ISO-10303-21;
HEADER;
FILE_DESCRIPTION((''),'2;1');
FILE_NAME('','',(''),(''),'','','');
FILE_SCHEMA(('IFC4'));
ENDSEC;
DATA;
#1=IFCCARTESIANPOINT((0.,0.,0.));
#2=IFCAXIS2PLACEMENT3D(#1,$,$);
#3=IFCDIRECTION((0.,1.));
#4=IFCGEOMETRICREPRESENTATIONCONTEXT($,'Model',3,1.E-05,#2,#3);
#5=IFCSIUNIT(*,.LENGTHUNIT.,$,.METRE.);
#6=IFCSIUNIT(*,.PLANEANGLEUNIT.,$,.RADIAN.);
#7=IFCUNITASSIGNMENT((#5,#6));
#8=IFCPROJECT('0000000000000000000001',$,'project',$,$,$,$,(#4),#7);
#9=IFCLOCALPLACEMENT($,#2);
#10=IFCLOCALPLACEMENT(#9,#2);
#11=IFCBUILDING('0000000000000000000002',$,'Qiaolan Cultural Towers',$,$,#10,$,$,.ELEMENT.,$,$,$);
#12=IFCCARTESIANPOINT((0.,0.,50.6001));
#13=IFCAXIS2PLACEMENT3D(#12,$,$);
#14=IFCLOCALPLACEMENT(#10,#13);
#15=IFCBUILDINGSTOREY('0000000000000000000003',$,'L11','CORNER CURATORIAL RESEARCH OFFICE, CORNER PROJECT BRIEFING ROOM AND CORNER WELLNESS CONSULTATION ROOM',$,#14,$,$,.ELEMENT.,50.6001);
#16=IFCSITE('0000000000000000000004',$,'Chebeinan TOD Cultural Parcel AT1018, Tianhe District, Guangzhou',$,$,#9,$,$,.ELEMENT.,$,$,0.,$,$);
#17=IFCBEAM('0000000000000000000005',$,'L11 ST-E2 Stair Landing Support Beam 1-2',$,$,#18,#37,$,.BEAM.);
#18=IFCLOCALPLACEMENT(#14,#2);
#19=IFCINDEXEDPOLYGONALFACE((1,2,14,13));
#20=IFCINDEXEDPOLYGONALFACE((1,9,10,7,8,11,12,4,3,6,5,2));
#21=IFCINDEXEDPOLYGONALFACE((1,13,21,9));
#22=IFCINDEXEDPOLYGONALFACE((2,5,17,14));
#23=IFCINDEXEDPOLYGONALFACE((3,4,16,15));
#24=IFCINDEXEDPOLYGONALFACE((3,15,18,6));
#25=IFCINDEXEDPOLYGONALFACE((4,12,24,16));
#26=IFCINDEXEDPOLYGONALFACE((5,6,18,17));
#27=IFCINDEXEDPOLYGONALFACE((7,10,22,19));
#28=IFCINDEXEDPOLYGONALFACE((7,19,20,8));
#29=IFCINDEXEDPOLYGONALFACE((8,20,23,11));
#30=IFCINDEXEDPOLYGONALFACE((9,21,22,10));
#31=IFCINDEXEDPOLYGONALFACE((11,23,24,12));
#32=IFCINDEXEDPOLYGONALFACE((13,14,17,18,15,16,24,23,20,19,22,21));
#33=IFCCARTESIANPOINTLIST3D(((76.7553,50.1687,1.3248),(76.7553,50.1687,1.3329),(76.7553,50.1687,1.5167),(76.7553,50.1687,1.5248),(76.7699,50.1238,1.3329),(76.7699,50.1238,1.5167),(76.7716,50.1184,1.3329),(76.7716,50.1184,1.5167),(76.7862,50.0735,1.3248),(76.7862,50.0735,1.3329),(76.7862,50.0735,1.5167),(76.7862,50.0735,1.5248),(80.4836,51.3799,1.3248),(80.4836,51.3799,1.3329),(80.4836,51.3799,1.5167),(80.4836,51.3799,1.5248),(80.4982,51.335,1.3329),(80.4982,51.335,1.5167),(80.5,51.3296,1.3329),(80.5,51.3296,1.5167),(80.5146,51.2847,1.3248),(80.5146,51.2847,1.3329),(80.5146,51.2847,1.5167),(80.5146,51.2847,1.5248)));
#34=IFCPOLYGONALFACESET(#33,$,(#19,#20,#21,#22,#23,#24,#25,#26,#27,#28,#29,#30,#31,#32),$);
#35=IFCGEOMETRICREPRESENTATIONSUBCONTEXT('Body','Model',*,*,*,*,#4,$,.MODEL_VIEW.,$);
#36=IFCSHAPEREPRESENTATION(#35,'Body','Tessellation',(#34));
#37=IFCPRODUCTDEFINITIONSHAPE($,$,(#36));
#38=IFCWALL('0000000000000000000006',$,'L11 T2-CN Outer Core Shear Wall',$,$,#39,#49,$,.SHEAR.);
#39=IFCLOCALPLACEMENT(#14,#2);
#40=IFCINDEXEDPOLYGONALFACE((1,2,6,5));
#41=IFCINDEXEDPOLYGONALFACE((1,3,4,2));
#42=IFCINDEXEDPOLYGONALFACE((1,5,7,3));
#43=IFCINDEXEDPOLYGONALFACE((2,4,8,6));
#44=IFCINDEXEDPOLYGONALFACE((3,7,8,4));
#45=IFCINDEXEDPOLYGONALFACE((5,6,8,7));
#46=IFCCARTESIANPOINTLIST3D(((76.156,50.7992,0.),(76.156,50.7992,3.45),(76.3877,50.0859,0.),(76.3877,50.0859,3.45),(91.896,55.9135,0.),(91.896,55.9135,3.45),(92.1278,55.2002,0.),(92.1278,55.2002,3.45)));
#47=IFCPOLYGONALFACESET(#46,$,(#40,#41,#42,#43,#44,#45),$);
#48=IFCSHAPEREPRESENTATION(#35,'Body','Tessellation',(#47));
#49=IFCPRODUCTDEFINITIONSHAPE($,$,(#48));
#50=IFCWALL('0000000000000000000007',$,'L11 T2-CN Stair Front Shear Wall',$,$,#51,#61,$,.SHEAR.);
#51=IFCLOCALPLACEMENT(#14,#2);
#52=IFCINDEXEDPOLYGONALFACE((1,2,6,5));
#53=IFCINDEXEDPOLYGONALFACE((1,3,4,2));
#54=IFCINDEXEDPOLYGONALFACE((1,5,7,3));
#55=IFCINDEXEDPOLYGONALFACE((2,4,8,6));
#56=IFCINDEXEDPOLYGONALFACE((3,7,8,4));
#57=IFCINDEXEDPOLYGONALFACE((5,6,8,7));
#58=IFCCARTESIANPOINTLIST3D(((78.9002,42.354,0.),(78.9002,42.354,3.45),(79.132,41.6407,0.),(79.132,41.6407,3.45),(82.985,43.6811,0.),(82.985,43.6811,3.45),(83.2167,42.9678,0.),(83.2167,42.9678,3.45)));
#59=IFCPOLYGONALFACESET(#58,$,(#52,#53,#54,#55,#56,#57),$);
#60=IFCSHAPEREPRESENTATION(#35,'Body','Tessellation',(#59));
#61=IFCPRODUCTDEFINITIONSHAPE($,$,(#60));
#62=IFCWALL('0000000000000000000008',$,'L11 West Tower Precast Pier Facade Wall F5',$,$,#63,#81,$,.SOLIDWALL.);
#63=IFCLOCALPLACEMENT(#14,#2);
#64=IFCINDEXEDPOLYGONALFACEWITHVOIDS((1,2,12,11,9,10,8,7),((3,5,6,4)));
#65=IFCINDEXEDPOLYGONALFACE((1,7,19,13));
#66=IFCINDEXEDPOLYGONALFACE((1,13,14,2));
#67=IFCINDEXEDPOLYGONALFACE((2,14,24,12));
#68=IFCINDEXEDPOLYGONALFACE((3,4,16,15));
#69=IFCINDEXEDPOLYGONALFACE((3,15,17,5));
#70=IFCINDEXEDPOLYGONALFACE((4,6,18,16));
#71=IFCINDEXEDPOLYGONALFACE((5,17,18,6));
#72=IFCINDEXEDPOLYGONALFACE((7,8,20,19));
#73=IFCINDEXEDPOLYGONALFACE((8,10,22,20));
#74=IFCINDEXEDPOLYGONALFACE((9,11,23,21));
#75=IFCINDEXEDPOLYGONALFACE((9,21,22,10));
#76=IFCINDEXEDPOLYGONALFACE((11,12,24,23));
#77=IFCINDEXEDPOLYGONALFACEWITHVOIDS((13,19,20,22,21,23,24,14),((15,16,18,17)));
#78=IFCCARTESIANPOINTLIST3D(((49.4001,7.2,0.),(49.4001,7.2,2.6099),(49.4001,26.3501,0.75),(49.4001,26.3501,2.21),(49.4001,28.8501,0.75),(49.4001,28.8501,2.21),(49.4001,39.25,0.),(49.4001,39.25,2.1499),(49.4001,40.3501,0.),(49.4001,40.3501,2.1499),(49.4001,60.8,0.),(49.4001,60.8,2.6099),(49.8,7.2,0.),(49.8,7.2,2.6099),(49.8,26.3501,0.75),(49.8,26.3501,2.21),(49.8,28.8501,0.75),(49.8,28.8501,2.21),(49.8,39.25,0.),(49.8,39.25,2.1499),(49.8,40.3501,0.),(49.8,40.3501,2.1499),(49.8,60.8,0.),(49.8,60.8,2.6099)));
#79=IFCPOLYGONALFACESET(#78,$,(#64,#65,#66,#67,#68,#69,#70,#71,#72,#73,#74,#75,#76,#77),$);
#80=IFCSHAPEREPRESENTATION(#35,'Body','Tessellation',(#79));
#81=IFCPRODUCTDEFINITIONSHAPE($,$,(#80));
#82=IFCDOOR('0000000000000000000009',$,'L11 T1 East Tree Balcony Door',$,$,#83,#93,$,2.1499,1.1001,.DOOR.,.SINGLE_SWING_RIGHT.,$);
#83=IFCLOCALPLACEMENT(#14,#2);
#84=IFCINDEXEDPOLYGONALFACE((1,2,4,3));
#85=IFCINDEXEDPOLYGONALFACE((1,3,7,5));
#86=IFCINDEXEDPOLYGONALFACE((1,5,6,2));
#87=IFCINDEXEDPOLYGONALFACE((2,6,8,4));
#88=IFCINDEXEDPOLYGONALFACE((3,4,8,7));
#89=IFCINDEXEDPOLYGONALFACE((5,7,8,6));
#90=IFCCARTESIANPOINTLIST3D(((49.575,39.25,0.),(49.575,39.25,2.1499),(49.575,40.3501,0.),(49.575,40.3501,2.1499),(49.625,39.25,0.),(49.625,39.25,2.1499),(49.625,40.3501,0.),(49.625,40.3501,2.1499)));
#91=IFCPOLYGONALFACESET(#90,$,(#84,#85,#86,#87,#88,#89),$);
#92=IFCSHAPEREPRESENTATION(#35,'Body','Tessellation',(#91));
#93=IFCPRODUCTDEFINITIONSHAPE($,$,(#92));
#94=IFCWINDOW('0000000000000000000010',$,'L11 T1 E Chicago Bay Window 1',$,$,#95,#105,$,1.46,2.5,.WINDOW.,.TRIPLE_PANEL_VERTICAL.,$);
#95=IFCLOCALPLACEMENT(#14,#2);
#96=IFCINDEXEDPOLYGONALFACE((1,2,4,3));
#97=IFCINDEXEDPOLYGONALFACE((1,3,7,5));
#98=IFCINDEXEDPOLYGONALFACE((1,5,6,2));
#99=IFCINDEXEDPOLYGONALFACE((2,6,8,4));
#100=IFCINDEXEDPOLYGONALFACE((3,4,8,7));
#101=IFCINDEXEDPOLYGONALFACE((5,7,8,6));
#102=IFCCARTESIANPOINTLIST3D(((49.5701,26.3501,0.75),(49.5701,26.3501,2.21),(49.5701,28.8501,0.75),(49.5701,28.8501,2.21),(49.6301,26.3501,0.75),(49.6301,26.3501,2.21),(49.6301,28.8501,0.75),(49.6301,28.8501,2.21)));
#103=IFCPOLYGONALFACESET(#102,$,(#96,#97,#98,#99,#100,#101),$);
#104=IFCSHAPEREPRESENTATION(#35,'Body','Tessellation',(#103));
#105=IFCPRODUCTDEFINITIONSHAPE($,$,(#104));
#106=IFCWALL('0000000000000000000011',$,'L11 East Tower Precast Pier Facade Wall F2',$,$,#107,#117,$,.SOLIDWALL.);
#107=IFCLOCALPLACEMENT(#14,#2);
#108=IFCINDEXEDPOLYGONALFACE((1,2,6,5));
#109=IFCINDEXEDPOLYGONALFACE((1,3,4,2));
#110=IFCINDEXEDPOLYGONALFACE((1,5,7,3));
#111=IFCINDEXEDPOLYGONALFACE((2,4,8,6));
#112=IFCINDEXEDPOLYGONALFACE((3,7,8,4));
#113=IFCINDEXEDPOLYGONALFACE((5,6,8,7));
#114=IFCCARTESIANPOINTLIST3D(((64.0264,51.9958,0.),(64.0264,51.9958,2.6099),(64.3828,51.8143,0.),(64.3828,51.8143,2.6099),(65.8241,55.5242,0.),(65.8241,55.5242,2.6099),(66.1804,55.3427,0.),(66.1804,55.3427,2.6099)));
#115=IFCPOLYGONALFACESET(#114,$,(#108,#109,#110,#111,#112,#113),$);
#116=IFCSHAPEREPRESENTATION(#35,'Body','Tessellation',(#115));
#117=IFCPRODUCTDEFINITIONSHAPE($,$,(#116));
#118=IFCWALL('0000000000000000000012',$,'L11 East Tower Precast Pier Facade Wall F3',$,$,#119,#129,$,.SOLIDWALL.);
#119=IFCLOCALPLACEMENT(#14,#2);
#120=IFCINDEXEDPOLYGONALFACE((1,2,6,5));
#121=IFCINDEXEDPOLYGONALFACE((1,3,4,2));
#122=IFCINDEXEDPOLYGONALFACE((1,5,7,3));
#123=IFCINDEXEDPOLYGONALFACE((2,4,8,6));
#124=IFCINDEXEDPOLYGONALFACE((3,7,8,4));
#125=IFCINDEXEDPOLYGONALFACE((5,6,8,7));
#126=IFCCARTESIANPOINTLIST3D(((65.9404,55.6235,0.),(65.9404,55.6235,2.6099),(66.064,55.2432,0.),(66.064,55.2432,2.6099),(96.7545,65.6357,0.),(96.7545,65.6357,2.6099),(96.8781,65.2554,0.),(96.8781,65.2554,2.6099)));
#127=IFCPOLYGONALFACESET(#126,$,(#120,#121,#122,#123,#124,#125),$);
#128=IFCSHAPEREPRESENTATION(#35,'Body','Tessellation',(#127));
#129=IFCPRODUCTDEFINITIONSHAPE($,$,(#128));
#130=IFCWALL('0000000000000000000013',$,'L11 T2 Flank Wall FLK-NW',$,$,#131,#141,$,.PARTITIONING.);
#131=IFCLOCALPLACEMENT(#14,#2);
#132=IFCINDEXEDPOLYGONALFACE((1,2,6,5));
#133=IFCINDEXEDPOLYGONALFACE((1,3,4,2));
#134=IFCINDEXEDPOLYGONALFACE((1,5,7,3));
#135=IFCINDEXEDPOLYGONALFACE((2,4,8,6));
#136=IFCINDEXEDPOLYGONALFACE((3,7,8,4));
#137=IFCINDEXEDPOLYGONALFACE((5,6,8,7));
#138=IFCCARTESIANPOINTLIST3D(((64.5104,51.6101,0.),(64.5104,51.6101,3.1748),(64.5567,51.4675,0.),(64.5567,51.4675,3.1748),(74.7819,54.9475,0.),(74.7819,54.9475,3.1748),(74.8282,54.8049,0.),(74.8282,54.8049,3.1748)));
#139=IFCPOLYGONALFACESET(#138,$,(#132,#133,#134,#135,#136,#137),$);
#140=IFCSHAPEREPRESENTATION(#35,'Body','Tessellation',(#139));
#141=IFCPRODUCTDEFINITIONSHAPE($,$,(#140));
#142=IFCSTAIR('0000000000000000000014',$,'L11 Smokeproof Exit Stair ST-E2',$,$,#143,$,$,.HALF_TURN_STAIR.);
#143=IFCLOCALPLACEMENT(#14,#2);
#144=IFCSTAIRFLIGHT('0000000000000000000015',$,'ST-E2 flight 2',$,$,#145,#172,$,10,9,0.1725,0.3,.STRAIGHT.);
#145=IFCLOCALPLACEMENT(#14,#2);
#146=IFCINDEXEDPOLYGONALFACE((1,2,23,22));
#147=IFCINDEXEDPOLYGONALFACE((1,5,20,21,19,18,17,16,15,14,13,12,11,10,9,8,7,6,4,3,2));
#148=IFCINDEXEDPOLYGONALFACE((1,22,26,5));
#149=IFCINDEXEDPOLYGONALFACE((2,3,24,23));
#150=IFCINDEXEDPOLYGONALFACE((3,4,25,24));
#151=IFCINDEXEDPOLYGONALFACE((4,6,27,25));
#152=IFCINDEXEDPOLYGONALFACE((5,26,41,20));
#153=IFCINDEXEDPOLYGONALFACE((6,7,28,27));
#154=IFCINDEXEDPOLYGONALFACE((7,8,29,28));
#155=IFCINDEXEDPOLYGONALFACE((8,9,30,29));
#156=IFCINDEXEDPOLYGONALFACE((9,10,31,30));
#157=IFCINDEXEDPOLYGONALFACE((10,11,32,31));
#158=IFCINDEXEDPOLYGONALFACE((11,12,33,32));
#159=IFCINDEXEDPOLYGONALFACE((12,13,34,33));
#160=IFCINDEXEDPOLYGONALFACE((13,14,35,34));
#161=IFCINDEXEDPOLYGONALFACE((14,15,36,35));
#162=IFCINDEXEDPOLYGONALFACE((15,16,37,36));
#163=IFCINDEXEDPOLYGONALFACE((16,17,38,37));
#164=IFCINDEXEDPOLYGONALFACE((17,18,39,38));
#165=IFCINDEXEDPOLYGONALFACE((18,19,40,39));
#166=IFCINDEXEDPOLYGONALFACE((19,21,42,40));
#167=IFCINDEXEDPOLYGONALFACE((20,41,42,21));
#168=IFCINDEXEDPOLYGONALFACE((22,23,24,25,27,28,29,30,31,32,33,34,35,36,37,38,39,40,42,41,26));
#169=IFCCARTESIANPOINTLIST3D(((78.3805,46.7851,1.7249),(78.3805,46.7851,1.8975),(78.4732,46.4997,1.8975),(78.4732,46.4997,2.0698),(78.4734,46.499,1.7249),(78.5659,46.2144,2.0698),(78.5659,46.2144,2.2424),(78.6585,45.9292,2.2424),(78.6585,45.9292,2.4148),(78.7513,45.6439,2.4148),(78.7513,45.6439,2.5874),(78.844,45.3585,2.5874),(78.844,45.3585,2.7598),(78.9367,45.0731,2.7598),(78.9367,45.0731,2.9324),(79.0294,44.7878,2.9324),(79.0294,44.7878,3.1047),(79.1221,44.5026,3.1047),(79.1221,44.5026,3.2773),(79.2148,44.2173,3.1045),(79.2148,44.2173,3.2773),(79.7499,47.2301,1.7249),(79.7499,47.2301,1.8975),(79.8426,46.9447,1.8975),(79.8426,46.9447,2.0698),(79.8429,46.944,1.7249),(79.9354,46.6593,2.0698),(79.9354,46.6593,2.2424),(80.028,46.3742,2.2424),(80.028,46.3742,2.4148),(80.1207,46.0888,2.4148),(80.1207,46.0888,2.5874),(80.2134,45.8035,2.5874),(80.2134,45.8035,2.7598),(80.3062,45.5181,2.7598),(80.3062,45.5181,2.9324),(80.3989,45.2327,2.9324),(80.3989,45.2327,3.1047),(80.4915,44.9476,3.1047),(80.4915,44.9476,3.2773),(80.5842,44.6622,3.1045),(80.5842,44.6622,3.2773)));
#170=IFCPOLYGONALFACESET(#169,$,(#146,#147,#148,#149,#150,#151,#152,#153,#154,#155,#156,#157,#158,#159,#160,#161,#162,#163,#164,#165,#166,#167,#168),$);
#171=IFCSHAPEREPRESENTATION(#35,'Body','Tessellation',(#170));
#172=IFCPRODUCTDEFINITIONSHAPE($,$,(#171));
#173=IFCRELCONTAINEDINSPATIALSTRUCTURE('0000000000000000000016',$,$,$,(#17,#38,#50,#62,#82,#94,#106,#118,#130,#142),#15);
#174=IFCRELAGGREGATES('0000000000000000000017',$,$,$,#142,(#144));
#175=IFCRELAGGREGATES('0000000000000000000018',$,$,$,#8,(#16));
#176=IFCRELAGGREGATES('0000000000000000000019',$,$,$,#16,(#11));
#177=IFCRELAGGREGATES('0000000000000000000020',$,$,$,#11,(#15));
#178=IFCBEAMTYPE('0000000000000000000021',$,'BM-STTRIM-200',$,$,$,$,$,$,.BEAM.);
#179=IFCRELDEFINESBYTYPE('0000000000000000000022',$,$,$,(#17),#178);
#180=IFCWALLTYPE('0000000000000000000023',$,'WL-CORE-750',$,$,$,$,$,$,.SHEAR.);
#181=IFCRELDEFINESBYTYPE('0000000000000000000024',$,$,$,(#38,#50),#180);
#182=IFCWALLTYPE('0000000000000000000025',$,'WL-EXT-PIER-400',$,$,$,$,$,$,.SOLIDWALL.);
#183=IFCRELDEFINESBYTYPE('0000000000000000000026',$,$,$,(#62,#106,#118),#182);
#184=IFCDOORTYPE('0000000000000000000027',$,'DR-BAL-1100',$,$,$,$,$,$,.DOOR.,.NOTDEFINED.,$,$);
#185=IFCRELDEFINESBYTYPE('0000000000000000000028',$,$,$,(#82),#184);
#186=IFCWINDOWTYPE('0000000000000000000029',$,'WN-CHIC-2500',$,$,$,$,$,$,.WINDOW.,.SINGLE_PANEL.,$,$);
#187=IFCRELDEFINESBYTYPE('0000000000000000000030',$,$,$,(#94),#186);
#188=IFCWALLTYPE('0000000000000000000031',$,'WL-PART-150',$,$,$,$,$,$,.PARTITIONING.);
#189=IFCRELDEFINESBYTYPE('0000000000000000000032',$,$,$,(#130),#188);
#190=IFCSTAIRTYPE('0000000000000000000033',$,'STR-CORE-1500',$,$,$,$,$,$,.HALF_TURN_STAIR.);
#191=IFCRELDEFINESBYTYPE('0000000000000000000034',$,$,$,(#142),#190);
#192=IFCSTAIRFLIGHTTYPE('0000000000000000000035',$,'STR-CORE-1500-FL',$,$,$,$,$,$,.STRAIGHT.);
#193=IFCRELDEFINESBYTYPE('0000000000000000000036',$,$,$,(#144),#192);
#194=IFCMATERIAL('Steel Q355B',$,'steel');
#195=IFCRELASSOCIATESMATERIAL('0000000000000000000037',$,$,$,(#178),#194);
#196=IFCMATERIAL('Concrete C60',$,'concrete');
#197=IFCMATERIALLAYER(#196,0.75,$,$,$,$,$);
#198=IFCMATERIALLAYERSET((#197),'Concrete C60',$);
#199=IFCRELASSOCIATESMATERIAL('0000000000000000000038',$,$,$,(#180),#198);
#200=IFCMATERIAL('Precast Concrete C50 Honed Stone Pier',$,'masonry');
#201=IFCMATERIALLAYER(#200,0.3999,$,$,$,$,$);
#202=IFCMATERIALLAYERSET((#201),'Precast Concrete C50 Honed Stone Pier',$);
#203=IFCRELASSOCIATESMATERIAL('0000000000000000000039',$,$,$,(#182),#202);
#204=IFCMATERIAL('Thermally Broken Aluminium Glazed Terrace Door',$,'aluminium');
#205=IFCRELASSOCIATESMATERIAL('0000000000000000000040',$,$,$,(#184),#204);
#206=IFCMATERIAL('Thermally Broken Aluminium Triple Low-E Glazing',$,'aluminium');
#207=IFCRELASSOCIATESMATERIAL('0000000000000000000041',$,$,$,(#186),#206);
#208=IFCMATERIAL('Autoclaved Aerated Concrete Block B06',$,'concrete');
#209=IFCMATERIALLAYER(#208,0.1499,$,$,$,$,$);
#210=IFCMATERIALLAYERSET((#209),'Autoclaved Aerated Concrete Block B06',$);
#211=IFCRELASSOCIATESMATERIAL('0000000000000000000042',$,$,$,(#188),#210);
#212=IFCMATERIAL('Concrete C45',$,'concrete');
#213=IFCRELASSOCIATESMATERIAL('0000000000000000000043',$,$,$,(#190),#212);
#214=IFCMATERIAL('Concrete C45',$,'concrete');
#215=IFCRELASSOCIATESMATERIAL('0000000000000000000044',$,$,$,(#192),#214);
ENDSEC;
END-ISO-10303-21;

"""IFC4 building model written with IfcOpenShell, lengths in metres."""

from ifc_helpers import new_model, si_unit, direction, frame, frame_2d, origin, origin_2d, place, context, subcontext, project, spatial, polyline, rectangle, i_section, outline, extrude, material, layer, layer_set, material_profile, profile_set, type_object, element, fill, aggregate, save


model = new_model("IFC4")

# Units and contexts
model_context = context("Model", 3, precision=1e-05, world=origin(), true_north=direction((0.0, 1.0)))
body_context = subcontext(model_context, "Body", "Model", "MODEL_VIEW")
ifc_project = project(units=[si_unit("LENGTHUNIT", "METRE"), si_unit("PLANEANGLEUNIT", "RADIAN")], contexts=[model_context])

# Site, building, storey
site_placement = place(None, origin())
site = spatial("IfcSite", under=ifc_project, at=site_placement, Name="Chebeinan TOD Cultural Parcel AT1018, Tianhe District, Guangzhou", CompositionType="ELEMENT", RefElevation=0.0)
building_placement = place(site_placement, origin())
building = spatial("IfcBuilding", under=site, at=building_placement, Name="Qiaolan Cultural Towers", CompositionType="ELEMENT")
storey_placement = place(building_placement, frame((0.0, 0.0, 50.6001)))
storey = spatial("IfcBuildingStorey", under=building, at=storey_placement, Name="L11", Description="CORNER CURATORIAL RESEARCH OFFICE, CORNER PROJECT BRIEFING ROOM AND CORNER WELLNESS CONSULTATION ROOM", CompositionType="ELEMENT", Elevation=50.6001)

# Beam
ifc_material_1 = material(Name="Steel Q355B", Category="steel")
ifc_material_profile_1 = material_profile(ifc_material_1, i_section(OverallWidth=0.1001, OverallDepth=0.2, WebThickness=0.0056, FlangeThickness=0.0081, at=origin_2d()), Name="HN200x100x5.5x8")
ifc_profile_set_1 = profile_set([ifc_material_profile_1], Name="Steel Q355B")
beam_type_1 = type_object("IfcBeamType", Name="BM-STTRIM-200", PredefinedType="BEAM", material=ifc_profile_set_1)
for number, where, z_axis, x_axis, name in (
    (1, (76.7708, 50.1211, 1.4248), (0.951072, 0.308969, 0.0), (-0.308969, 0.951072, 0.0), "L11 ST-E2 Stair Landing Support Beam 1-2"),
):
    element("IfcBeam", number, at=place(storey_placement, frame(where, z_axis=z_axis, x_axis=x_axis)), inside=storey, type_object=beam_type_1, Name=name, PredefinedType="BEAM", context=body_context, shape_type="SweptSolid", body=[
        extrude(i_section(OverallWidth=0.1001, OverallDepth=0.2, WebThickness=0.0056, FlangeThickness=0.0081, at=origin_2d()), origin(), (0.0, 0.0, 1.0), 3.9202),
    ])

# Walls
ifc_material_2 = material(Name="Concrete C60", Category="concrete")
ifc_layer_1 = layer(ifc_material_2, 0.75)
ifc_layer_set_1 = layer_set([ifc_layer_1], Name="Concrete C60")
wall_type_1 = type_object("IfcWallType", Name="WL-CORE-750", PredefinedType="SHEAR", material=ifc_layer_set_1)
wall_1_placement = place(storey_placement, frame((76.272, 50.4426, 0.0), z_axis=(0.0, 0.0, 1.0), x_axis=(0.951056, 0.309018, 0.0)))
element("IfcWall", 2, at=wall_1_placement, inside=storey, type_object=wall_type_1, Name="L11 T2-CN Outer Core Shear Wall", PredefinedType="SHEAR", context=body_context, shape_type="SweptSolid", body=[
    extrude(rectangle(XDim=16.55, YDim=0.75, at=frame_2d((8.2749, 0.0))), origin(), (0.0, 0.0, 1.0), 3.45),
])
wall_2_placement = place(storey_placement, frame((79.0161, 41.9973, 0.0), z_axis=(0.0, 0.0, 1.0), x_axis=(0.95106, 0.309005, 0.0)))
element("IfcWall", 3, at=wall_2_placement, inside=storey, type_object=wall_type_1, Name="L11 T2-CN Stair Front Shear Wall", PredefinedType="SHEAR", context=body_context, shape_type="SweptSolid", body=[
    extrude(rectangle(XDim=4.2949, YDim=0.75, at=frame_2d((2.1475, 0.0))), origin(), (0.0, 0.0, 1.0), 3.45),
])

# Wall, openings, door, window
ifc_material_3 = material(Name="Precast Concrete C50 Honed Stone Pier", Category="masonry")
ifc_layer_2 = layer(ifc_material_3, 0.3999)
ifc_layer_set_2 = layer_set([ifc_layer_2], Name="Precast Concrete C50 Honed Stone Pier")
wall_type_2 = type_object("IfcWallType", Name="WL-EXT-PIER-400", PredefinedType="SOLIDWALL", material=ifc_layer_set_2)
wall_3_placement = place(storey_placement, frame((49.6001, 60.8, 0.0), z_axis=(0.0, 0.0, 1.0), x_axis=(0.0, -1.0, 0.0)))
wall_3 = element("IfcWall", 4, at=wall_3_placement, inside=storey, type_object=wall_type_2, Name="L11 West Tower Precast Pier Facade Wall F5", PredefinedType="SOLIDWALL", context=body_context, shape_type="SweptSolid", body=[
    extrude(rectangle(XDim=53.6001, YDim=0.3999, at=frame_2d((26.8, 0.0))), origin(), (0.0, 0.0, 1.0), 2.6099),
])
opening_1_placement = place(wall_3_placement, frame((31.95, 0.0, 0.75)))
opening_1 = element("IfcOpeningElement", 5, at=opening_1_placement, cuts=wall_3, PredefinedType="OPENING", context=body_context, shape_type="SweptSolid", body=[
    extrude(rectangle(XDim=2.5, YDim=1.46, at=frame_2d((1.25, 0.73))), frame((0.0, 0.21, 0.0), z_axis=(0.0, -1.0, 0.0), x_axis=(1.0, 0.0, 0.0)), (0.0, 0.0, 1.0), 0.4199),
])
opening_2_placement = place(wall_3_placement, frame((20.45, 0.0, 0.0)))
opening_2 = element("IfcOpeningElement", 6, at=opening_2_placement, cuts=wall_3, PredefinedType="OPENING", context=body_context, shape_type="SweptSolid", body=[
    extrude(rectangle(XDim=1.1001, YDim=2.1499, at=frame_2d((0.55, 1.075))), frame((0.0, 0.21, 0.0), z_axis=(0.0, -1.0, 0.0), x_axis=(1.0, 0.0, 0.0)), (0.0, 0.0, 1.0), 0.4199),
])
ifc_material_4 = material(Name="Thermally Broken Aluminium Glazed Terrace Door", Category="aluminium")
door_type = type_object("IfcDoorType", Name="DR-BAL-1100", OperationType="NOTDEFINED", PredefinedType="DOOR", material=ifc_material_4)
door_placement = place(opening_2_placement, origin())
door = element("IfcDoor", 7, at=door_placement, inside=storey, type_object=door_type, Name="L11 T1 East Tree Balcony Door", OperationType="SINGLE_SWING_RIGHT", OverallHeight=2.1499, OverallWidth=1.1001, PredefinedType="DOOR", context=body_context, shape_type="SweptSolid", body=[
    extrude(rectangle(XDim=1.1001, YDim=2.1499, at=frame_2d((0.55, 1.075))), frame((0.0, 0.0249, 0.0), z_axis=(0.0, -1.0, 0.0), x_axis=(1.0, 0.0, 0.0)), (0.0, 0.0, 1.0), 0.05),
])
fill(opening_2, door)
ifc_material_5 = material(Name="Thermally Broken Aluminium Triple Low-E Glazing", Category="aluminium")
window_type = type_object("IfcWindowType", Name="WN-CHIC-2500", PartitioningType="SINGLE_PANEL", PredefinedType="WINDOW", material=ifc_material_5)
window_placement = place(opening_1_placement, origin())
window = element("IfcWindow", 8, at=window_placement, inside=storey, type_object=window_type, Name="L11 T1 E Chicago Bay Window 1", OverallHeight=1.46, OverallWidth=2.5, PartitioningType="TRIPLE_PANEL_VERTICAL", PredefinedType="WINDOW", context=body_context, shape_type="SweptSolid", body=[
    extrude(rectangle(XDim=2.5, YDim=1.46, at=frame_2d((1.25, 0.73))), frame((0.0, 0.03, 0.0), z_axis=(0.0, -1.0, 0.0), x_axis=(1.0, 0.0, 0.0)), (0.0, 0.0, 1.0), 0.0601),
])
fill(opening_1, window)

# Walls
wall_4_placement = place(storey_placement, frame((64.2046, 51.905, 0.0), z_axis=(0.0, 0.0, 1.0), x_axis=(0.453958, 0.891023, 0.0)))
element("IfcWall", 9, at=wall_4_placement, inside=storey, type_object=wall_type_2, Name="L11 East Tower Precast Pier Facade Wall F2", PredefinedType="SOLIDWALL", context=body_context, shape_type="SweptSolid", body=[
    extrude(rectangle(XDim=3.96, YDim=0.3999, at=frame_2d((1.98, 0.0))), origin(), (0.0, 0.0, 1.0), 2.6099),
])
wall_5_placement = place(storey_placement, frame((66.0022, 55.4333, 0.0), z_axis=(0.0, 0.0, 1.0), x_axis=(0.951056, 0.309019, 0.0)))
element("IfcWall", 10, at=wall_5_placement, inside=storey, type_object=wall_type_2, Name="L11 East Tower Precast Pier Facade Wall F3", PredefinedType="SOLIDWALL", context=body_context, shape_type="SweptSolid", body=[
    extrude(rectangle(XDim=32.3999, YDim=0.3999, at=frame_2d((16.2, 0.0))), origin(), (0.0, 0.0, 1.0), 2.6099),
])
ifc_material_6 = material(Name="Autoclaved Aerated Concrete Block B06", Category="concrete")
ifc_layer_3 = layer(ifc_material_6, 0.1499)
ifc_layer_set_3 = layer_set([ifc_layer_3], Name="Autoclaved Aerated Concrete Block B06")
wall_type_3 = type_object("IfcWallType", Name="WL-PART-150", PredefinedType="PARTITIONING", material=ifc_layer_set_3)
wall_6_placement = place(storey_placement, frame((64.5337, 51.5388, 0.0), z_axis=(0.0, 0.0, 1.0), x_axis=(0.951057, 0.309017, 0.0)))
element("IfcWall", 11, at=wall_6_placement, inside=storey, type_object=wall_type_3, Name="L11 T2 Flank Wall FLK-NW", PredefinedType="PARTITIONING", context=body_context, shape_type="SweptSolid", body=[
    extrude(rectangle(XDim=10.8, YDim=0.1499, at=frame_2d((5.3999, 0.0))), origin(), (0.0, 0.0, 1.0), 3.1748),
])

# Stair, stair flight
ifc_material_7 = material(Name="Concrete C45", Category="concrete")
stair_type = type_object("IfcStairType", Name="STR-CORE-1500", PredefinedType="HALF_TURN_STAIR", material=ifc_material_7)
stair_placement = place(storey_placement, origin())
stair = element("IfcStair", 12, at=stair_placement, inside=storey, type_object=stair_type, Name="L11 Smokeproof Exit Stair ST-E2", PredefinedType="HALF_TURN_STAIR")
ifc_material_8 = material(Name="Concrete C45", Category="concrete")
stair_flight_type = type_object("IfcStairFlightType", Name="STR-CORE-1500-FL", PredefinedType="STRAIGHT", material=ifc_material_8)
stair_flight_placement = place(storey_placement, frame((79.0652, 47.0076, 1.7249), z_axis=(0.0, 0.0, 1.0), x_axis=(0.309017, -0.951057, 0.0)))
stair_flight = element("IfcStairFlight", 13, at=stair_flight_placement, type_object=stair_flight_type, Name="ST-E2 flight 2", NumberOfRisers=10, NumberOfTreads=9, PredefinedType="STRAIGHT", RiserHeight=0.1725, TreadLength=0.3, context=body_context, shape_type="SweptSolid", body=[
    extrude(outline(polyline([(0.0, 0.0), (0.0, 0.1726), (0.3, 0.1726), (0.3, 0.345), (0.6001, 0.345), (0.6001, 0.5176), (0.8999, 0.5176), (0.8999, 0.6899), (1.2, 0.6899), (1.2, 0.8625), (1.5, 0.8625), (1.5, 1.0349), (1.8, 1.0349), (1.8, 1.2075), (2.1001, 1.2075), (2.1001, 1.3799), (2.3999, 1.3799), (2.3999, 1.5525), (2.7, 1.5525), (2.7, 1.7251), (2.7, 1.3796), (0.3008, 0.0), (0.0, 0.0)])), frame((0.0, 0.72, 0.0), z_axis=(0.0, -1.0, 0.0), x_axis=(1.0, 0.0, 0.0)), (0.0, 0.0, 1.0), 1.4399),
])
aggregate(stair, [stair_flight])

save(model, "model.ifc")
